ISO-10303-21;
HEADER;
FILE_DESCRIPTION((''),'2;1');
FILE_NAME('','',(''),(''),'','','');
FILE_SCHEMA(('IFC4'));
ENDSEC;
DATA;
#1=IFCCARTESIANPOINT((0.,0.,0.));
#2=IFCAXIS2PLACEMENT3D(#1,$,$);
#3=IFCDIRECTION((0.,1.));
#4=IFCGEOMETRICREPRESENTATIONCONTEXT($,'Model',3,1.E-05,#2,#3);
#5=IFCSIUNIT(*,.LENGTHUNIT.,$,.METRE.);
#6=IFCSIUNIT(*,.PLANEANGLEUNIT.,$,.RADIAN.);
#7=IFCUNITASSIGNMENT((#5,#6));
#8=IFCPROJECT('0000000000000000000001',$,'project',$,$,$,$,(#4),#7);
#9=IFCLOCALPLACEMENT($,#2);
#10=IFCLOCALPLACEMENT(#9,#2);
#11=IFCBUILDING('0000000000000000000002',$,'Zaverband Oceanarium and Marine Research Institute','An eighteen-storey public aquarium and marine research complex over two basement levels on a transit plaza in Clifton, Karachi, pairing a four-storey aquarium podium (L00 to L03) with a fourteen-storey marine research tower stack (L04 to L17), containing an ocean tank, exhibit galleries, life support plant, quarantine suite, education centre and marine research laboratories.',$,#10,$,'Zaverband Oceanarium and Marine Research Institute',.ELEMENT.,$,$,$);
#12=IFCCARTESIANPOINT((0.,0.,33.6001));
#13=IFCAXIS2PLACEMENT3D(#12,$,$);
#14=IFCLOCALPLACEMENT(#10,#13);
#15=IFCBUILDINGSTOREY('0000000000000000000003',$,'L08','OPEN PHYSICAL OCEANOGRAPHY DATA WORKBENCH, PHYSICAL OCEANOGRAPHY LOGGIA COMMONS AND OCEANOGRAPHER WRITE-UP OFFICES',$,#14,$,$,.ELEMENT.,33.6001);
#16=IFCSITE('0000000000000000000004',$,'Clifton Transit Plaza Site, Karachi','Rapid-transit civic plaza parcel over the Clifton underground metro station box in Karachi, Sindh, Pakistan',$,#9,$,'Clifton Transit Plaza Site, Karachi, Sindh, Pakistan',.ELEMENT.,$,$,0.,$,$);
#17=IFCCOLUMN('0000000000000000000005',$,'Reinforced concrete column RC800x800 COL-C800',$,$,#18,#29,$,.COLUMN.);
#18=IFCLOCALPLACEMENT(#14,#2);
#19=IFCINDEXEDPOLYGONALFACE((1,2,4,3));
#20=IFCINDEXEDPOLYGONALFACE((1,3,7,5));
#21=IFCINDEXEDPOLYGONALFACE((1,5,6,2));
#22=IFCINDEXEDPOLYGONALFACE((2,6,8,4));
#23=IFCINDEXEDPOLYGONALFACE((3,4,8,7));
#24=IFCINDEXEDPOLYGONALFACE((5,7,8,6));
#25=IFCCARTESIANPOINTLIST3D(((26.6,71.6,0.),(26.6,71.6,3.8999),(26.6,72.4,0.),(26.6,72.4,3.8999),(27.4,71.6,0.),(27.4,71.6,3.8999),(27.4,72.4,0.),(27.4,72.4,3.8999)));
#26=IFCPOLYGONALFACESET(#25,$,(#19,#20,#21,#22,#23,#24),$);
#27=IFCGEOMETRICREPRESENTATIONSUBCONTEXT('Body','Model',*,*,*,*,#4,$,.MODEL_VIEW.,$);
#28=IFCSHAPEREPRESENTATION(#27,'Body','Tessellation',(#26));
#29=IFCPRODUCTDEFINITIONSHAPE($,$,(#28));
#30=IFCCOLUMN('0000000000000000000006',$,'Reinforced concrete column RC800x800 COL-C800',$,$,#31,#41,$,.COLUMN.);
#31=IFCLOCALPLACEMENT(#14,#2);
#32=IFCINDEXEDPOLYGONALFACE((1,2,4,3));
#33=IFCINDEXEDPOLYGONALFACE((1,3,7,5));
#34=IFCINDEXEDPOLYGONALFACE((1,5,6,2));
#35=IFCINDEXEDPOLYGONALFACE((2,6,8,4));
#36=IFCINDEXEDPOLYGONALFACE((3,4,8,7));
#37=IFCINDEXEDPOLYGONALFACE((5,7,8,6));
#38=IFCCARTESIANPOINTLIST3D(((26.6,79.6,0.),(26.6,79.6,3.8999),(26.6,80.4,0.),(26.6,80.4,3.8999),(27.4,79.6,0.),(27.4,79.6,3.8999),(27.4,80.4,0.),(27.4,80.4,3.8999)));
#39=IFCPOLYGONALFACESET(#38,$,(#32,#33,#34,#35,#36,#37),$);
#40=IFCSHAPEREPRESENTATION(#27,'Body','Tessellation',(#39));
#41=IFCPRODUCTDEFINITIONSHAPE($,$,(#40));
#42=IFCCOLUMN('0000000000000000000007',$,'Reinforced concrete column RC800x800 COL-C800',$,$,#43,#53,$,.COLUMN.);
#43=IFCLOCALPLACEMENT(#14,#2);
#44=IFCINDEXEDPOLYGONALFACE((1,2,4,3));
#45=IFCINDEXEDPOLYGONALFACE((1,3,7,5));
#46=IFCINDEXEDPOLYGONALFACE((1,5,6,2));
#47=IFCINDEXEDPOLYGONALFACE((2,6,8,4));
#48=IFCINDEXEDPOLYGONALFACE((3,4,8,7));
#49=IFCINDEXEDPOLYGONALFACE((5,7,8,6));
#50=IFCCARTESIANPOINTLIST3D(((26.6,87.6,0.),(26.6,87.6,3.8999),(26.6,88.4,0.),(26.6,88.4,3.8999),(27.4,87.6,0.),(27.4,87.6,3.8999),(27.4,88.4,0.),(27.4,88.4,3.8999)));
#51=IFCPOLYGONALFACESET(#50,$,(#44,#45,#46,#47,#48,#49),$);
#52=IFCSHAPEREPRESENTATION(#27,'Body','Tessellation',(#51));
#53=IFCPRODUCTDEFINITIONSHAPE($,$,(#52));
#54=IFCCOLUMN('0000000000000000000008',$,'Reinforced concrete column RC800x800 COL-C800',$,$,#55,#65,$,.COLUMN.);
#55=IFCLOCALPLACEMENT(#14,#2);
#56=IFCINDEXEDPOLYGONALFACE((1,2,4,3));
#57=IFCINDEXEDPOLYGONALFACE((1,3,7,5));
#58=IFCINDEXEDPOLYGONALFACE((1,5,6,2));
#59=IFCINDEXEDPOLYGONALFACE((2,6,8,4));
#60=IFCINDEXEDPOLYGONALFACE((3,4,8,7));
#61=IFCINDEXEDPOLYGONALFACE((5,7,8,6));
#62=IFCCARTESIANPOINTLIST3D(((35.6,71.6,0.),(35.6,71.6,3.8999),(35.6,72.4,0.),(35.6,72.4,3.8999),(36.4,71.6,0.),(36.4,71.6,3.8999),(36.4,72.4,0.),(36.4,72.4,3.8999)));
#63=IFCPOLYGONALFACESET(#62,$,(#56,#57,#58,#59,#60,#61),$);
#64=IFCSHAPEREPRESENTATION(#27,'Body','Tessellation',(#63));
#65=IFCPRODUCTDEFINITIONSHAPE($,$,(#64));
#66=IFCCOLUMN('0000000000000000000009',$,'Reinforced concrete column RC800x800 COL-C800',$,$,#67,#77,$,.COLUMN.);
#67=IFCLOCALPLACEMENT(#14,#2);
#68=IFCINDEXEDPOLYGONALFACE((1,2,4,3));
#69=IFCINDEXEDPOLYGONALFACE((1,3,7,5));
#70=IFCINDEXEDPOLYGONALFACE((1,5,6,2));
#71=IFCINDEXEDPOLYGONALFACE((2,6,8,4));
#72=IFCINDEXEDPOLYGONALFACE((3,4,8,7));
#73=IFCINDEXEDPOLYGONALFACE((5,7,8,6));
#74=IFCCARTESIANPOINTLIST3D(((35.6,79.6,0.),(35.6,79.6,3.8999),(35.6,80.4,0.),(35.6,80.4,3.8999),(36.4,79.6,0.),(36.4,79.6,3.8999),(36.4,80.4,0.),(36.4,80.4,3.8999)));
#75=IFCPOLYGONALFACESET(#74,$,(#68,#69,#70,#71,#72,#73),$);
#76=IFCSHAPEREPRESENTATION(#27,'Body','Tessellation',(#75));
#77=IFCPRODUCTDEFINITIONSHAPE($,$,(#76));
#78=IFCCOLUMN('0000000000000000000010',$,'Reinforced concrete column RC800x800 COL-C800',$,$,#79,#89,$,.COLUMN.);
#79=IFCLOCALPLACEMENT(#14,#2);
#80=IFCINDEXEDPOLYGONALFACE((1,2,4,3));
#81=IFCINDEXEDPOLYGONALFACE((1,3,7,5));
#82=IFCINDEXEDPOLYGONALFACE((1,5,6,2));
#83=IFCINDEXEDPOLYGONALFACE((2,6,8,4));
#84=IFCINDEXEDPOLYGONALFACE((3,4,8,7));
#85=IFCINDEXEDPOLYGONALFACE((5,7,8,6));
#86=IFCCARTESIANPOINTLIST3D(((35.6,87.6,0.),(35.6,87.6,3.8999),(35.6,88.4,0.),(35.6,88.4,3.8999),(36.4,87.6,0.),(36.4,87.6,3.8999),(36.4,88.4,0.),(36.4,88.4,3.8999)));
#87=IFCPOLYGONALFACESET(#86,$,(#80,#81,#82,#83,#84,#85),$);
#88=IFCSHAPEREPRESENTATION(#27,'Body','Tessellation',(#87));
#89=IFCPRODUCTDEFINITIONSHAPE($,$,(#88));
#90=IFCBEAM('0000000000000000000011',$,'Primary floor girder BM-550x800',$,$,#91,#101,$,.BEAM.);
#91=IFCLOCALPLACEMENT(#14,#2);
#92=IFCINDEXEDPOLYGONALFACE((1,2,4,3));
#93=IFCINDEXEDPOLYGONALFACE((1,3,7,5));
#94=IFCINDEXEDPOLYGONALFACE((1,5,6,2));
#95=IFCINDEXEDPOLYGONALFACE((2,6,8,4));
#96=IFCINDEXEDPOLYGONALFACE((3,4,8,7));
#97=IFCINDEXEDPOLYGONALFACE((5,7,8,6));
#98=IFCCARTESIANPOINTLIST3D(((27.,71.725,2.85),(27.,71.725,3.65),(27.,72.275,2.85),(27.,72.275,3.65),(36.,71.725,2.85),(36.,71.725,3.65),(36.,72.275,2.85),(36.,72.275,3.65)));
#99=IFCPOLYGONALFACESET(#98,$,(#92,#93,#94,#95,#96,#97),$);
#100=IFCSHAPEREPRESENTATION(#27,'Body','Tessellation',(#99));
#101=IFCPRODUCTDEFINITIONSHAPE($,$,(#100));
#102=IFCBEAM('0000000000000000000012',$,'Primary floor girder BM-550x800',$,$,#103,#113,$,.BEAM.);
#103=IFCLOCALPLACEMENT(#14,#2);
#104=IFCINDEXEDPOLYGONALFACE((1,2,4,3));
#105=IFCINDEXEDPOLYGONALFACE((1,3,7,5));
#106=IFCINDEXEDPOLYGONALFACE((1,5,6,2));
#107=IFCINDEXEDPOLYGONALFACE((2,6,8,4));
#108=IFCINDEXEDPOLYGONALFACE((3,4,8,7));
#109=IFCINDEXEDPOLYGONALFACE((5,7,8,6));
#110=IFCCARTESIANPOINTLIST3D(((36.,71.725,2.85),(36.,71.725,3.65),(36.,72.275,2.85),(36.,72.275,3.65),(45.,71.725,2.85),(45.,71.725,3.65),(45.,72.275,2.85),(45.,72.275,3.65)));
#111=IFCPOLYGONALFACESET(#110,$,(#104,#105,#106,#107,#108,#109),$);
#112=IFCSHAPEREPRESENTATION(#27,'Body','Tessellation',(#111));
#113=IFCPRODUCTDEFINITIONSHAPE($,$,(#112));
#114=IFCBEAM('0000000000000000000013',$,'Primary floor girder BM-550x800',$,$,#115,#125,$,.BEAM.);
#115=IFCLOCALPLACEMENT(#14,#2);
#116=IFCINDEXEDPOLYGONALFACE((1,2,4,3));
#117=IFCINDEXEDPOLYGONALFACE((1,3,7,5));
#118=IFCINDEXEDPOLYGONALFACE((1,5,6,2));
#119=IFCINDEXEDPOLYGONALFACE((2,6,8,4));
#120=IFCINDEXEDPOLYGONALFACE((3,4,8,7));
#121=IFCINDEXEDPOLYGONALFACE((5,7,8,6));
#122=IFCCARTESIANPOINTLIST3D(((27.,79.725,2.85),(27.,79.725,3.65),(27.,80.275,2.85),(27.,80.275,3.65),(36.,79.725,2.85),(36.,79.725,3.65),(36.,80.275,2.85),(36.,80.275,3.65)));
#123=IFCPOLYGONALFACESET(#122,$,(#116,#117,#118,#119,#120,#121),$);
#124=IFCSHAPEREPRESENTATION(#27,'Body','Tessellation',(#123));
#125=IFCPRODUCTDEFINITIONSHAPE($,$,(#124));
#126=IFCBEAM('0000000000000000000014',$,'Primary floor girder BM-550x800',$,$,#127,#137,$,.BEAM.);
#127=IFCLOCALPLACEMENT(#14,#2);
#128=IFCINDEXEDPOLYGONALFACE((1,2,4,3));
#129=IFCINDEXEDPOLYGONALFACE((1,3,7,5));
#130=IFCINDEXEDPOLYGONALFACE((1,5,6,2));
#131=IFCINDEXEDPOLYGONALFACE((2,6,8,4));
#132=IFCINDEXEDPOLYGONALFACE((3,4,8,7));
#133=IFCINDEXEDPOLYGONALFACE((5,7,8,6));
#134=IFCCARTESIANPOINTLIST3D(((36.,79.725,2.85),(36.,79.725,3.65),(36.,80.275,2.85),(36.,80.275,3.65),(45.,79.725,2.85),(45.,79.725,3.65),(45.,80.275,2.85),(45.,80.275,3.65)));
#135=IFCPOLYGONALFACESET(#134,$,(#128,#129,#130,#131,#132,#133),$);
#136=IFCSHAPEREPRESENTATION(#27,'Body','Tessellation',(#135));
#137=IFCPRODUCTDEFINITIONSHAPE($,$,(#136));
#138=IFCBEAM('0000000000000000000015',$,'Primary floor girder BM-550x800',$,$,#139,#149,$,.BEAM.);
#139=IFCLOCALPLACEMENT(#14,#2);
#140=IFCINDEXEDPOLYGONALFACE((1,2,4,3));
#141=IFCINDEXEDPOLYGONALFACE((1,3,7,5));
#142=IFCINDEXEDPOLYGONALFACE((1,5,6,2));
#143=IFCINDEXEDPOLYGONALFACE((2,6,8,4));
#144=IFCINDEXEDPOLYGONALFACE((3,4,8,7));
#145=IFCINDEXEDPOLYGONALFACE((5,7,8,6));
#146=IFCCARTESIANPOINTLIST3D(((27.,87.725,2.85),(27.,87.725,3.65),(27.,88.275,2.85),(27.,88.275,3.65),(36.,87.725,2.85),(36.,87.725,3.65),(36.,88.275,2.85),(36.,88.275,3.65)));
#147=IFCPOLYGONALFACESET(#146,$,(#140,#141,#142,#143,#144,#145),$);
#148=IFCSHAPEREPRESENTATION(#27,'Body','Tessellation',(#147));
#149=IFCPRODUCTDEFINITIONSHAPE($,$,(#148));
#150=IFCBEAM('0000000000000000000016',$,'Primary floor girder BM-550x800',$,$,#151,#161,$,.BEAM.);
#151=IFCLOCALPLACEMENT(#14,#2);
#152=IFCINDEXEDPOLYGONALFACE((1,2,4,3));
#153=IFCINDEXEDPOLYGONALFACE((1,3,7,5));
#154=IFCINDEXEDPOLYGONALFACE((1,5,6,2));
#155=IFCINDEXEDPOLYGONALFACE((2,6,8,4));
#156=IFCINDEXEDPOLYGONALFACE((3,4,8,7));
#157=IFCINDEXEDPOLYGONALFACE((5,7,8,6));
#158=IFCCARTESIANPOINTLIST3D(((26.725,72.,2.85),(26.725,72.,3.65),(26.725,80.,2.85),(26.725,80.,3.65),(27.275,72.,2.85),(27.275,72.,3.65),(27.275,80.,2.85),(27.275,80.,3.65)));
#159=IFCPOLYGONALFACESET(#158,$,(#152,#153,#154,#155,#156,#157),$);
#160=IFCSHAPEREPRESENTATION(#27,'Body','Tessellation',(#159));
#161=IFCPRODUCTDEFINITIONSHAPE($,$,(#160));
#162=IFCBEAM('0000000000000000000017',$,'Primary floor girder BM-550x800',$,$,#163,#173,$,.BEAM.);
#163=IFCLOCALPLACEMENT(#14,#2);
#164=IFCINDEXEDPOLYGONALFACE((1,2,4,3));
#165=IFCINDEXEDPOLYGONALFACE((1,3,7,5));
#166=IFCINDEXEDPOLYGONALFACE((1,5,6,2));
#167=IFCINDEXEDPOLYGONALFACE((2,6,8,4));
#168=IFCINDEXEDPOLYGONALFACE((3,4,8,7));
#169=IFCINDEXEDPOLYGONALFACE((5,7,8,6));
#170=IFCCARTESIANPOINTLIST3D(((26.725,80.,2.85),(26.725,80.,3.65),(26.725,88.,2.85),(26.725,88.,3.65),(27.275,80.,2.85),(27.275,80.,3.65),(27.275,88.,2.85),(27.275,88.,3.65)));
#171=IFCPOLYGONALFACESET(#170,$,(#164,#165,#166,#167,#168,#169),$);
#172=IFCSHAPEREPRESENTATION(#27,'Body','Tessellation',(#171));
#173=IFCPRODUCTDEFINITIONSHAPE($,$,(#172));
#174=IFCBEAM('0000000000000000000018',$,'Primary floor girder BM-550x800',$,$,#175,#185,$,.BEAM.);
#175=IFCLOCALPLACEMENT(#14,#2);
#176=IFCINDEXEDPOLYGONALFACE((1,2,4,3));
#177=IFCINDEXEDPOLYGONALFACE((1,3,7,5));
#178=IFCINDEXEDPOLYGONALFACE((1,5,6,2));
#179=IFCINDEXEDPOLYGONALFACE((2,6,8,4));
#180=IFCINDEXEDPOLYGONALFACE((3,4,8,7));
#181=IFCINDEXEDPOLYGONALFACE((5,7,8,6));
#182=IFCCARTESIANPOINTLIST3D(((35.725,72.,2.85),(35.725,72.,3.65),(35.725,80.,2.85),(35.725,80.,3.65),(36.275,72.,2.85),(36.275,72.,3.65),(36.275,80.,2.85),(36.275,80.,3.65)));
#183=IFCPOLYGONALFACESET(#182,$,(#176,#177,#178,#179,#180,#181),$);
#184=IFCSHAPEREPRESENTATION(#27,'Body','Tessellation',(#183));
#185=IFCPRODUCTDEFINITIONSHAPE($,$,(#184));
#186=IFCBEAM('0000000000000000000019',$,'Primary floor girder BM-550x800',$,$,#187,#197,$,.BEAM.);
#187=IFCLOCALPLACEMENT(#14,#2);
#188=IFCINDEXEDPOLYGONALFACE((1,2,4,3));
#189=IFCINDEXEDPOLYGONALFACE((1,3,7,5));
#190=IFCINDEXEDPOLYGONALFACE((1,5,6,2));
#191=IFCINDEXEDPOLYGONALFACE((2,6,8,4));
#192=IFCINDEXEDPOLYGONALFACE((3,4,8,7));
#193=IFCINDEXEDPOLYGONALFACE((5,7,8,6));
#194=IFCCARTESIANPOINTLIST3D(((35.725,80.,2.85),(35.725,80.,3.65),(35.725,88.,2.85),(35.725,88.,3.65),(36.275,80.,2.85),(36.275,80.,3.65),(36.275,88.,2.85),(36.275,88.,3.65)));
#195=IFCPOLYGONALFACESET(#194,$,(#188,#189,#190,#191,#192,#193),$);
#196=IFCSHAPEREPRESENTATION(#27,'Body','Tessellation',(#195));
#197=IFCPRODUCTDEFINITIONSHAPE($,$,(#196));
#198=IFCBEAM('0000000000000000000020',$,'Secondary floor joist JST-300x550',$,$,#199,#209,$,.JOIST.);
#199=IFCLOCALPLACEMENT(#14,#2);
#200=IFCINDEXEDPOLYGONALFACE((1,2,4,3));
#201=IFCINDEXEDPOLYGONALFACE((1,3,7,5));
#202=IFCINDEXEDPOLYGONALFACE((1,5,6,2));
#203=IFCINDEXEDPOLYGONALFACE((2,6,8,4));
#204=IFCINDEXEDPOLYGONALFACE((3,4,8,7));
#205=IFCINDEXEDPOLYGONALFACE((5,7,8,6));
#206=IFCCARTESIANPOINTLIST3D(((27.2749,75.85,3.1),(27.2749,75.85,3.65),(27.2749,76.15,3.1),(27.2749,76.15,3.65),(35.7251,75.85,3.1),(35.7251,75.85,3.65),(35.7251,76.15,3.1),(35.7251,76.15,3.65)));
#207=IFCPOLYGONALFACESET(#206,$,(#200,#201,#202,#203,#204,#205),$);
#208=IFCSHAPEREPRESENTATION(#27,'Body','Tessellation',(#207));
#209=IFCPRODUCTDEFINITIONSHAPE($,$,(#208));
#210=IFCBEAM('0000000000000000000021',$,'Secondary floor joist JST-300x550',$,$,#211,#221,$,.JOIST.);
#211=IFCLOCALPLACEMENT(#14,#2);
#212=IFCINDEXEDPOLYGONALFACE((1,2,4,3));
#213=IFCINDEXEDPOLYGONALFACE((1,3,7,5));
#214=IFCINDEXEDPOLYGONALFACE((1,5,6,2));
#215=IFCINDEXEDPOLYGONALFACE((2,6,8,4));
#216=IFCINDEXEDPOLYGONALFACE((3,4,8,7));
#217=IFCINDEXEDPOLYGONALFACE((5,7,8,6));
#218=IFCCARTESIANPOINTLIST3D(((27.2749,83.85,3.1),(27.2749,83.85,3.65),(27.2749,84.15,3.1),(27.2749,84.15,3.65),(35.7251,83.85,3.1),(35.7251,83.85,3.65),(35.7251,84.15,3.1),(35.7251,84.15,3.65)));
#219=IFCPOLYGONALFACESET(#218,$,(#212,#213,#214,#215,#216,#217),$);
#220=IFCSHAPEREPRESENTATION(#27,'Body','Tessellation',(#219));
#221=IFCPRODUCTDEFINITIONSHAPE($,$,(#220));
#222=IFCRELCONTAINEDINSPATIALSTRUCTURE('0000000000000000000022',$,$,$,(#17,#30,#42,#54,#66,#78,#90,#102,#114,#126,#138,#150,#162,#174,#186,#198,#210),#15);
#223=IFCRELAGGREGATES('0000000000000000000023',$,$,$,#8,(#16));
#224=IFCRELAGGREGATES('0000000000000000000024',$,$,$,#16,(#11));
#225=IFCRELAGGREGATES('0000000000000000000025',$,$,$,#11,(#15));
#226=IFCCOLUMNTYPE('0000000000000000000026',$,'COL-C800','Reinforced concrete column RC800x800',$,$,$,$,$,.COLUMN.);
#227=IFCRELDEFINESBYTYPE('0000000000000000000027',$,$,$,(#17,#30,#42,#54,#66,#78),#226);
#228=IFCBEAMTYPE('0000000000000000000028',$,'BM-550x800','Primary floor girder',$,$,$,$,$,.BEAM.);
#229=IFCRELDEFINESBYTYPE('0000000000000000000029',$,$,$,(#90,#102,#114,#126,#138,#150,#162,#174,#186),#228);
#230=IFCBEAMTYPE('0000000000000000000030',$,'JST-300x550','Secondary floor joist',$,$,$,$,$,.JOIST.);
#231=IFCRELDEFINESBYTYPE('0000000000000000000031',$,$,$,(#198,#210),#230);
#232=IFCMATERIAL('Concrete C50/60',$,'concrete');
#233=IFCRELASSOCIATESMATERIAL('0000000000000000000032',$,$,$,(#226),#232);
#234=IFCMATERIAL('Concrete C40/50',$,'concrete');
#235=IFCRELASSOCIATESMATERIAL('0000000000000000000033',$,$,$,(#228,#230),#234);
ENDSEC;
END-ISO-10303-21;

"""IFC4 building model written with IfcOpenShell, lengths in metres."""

from ifc_helpers import new_model, si_unit, direction, frame, origin, origin_2d, place, context, subcontext, project, spatial, rectangle, extrude, material, material_profile, profile_set, type_object, element, save


model = new_model("IFC4")

# Units and contexts
model_context = context("Model", 3, precision=1e-05, world=origin(), true_north=direction((0.0, 1.0)))
body_context = subcontext(model_context, "Body", "Model", "MODEL_VIEW")
ifc_project = project(units=[si_unit("LENGTHUNIT", "METRE"), si_unit("PLANEANGLEUNIT", "RADIAN")], contexts=[model_context])

# Site, building, storey
site_placement = place(None, origin())
site = spatial("IfcSite", under=ifc_project, at=site_placement, Name="Clifton Transit Plaza Site, Karachi", Description="Rapid-transit civic plaza parcel over the Clifton underground metro station box in Karachi, Sindh, Pakistan", LongName="Clifton Transit Plaza Site, Karachi, Sindh, Pakistan", CompositionType="ELEMENT", RefElevation=0.0)
building_placement = place(site_placement, origin())
building = spatial("IfcBuilding", under=site, at=building_placement, Name="Zaverband Oceanarium and Marine Research Institute", Description="An eighteen-storey public aquarium and marine research complex over two basement levels on a transit plaza in Clifton, Karachi, pairing a four-storey aquarium podium (L00 to L03) with a fourteen-storey marine research tower stack (L04 to L17), containing an ocean tank, exhibit galleries, life support plant, quarantine suite, education centre and marine research laboratories.", LongName="Zaverband Oceanarium and Marine Research Institute", CompositionType="ELEMENT")
storey_placement = place(building_placement, frame((0.0, 0.0, 33.6001)))
storey = spatial("IfcBuildingStorey", under=building, at=storey_placement, Name="L08", Description="OPEN PHYSICAL OCEANOGRAPHY DATA WORKBENCH, PHYSICAL OCEANOGRAPHY LOGGIA COMMONS AND OCEANOGRAPHER WRITE-UP OFFICES", CompositionType="ELEMENT", Elevation=33.6001)

# Columns
ifc_material_1 = material(Name="Concrete C50/60", Category="concrete")
ifc_material_profile_1 = material_profile(ifc_material_1, rectangle(XDim=0.8, YDim=0.8, at=origin_2d()), Name="RC800x800")
ifc_profile_set_1 = profile_set([ifc_material_profile_1], Name="Concrete C50/60")
column_type = type_object("IfcColumnType", Name="COL-C800", Description="Reinforced concrete column RC800x800", PredefinedType="COLUMN", material=ifc_profile_set_1)
for number, where, z_axis, x_axis, name in (
    (1, (27.0, 72.0, 0.0), (0.0, 0.0, 1.0), (1.0, 0.0, 0.0), "Reinforced concrete column RC800x800 COL-C800"),
    (2, (27.0, 80.0, 0.0), (0.0, 0.0, 1.0), (1.0, 0.0, 0.0), "Reinforced concrete column RC800x800 COL-C800"),
    (3, (27.0, 88.0, 0.0), (0.0, 0.0, 1.0), (1.0, 0.0, 0.0), "Reinforced concrete column RC800x800 COL-C800"),
    (4, (36.0, 72.0, 0.0), (0.0, 0.0, 1.0), (1.0, 0.0, 0.0), "Reinforced concrete column RC800x800 COL-C800"),
    (5, (36.0, 80.0, 0.0), (0.0, 0.0, 1.0), (1.0, 0.0, 0.0), "Reinforced concrete column RC800x800 COL-C800"),
    (6, (36.0, 88.0, 0.0), (0.0, 0.0, 1.0), (1.0, 0.0, 0.0), "Reinforced concrete column RC800x800 COL-C800"),
):
    element("IfcColumn", number, at=place(storey_placement, frame(where, z_axis=z_axis, x_axis=x_axis)), inside=storey, type_object=column_type, Name=name, PredefinedType="COLUMN", context=body_context, shape_type="SweptSolid", body=[
        extrude(rectangle(XDim=0.8, YDim=0.8, at=origin_2d()), origin(), (0.0, 0.0, 1.0), 3.8999),
    ])

# Beams
ifc_material_2 = material(Name="Concrete C40/50", Category="concrete")
ifc_material_profile_2 = material_profile(ifc_material_2, rectangle(XDim=0.55, YDim=0.8, at=origin_2d()), Name="RC550x800")
ifc_profile_set_2 = profile_set([ifc_material_profile_2], Name="Concrete C40/50")
beam_type_1 = type_object("IfcBeamType", Name="BM-550x800", Description="Primary floor girder", PredefinedType="BEAM", material=ifc_profile_set_2)
for number, where, z_axis, x_axis, name in (
    (7, (27.0, 72.0, 3.25), (1.0, 0.0, 0.0), (0.0, 1.0, 0.0), "Primary floor girder BM-550x800"),
    (8, (36.0, 72.0, 3.25), (1.0, 0.0, 0.0), (0.0, 1.0, 0.0), "Primary floor girder BM-550x800"),
    (9, (27.0, 80.0, 3.25), (1.0, 0.0, 0.0), (0.0, 1.0, 0.0), "Primary floor girder BM-550x800"),
    (10, (36.0, 80.0, 3.25), (1.0, 0.0, 0.0), (0.0, 1.0, 0.0), "Primary floor girder BM-550x800"),
    (11, (27.0, 88.0, 3.25), (1.0, 0.0, 0.0), (0.0, 1.0, 0.0), "Primary floor girder BM-550x800"),
):
    element("IfcBeam", number, at=place(storey_placement, frame(where, z_axis=z_axis, x_axis=x_axis)), inside=storey, type_object=beam_type_1, Name=name, PredefinedType="BEAM", context=body_context, shape_type="SweptSolid", body=[
        extrude(rectangle(XDim=0.55, YDim=0.8, at=origin_2d()), origin(), (0.0, 0.0, 1.0), 9.0),
    ])
for number, where, z_axis, x_axis, name in (
    (12, (27.0, 72.0, 3.25), (0.0, 1.0, 0.0), (-1.0, 0.0, 0.0), "Primary floor girder BM-550x800"),
    (13, (27.0, 80.0, 3.25), (0.0, 1.0, 0.0), (-1.0, 0.0, 0.0), "Primary floor girder BM-550x800"),
    (14, (36.0, 72.0, 3.25), (0.0, 1.0, 0.0), (-1.0, 0.0, 0.0), "Primary floor girder BM-550x800"),
    (15, (36.0, 80.0, 3.25), (0.0, 1.0, 0.0), (-1.0, 0.0, 0.0), "Primary floor girder BM-550x800"),
):
    element("IfcBeam", number, at=place(storey_placement, frame(where, z_axis=z_axis, x_axis=x_axis)), inside=storey, type_object=beam_type_1, Name=name, PredefinedType="BEAM", context=body_context, shape_type="SweptSolid", body=[
        extrude(rectangle(XDim=0.55, YDim=0.8, at=origin_2d()), origin(), (0.0, 0.0, 1.0), 8.0),
    ])
ifc_material_profile_3 = material_profile(ifc_material_2, rectangle(XDim=0.3, YDim=0.55, at=origin_2d()), Name="RC300x550")
ifc_profile_set_3 = profile_set([ifc_material_profile_3], Name="Concrete C40/50")
beam_type_2 = type_object("IfcBeamType", Name="JST-300x550", Description="Secondary floor joist", PredefinedType="JOIST", material=ifc_profile_set_3)
for number, where, z_axis, x_axis, name in (
    (16, (27.2749, 76.0, 3.375), (1.0, 0.0, 0.0), (0.0, 1.0, 0.0), "Secondary floor joist JST-300x550"),
    (17, (27.2749, 84.0, 3.375), (1.0, 0.0, 0.0), (0.0, 1.0, 0.0), "Secondary floor joist JST-300x550"),
):
    element("IfcBeam", number, at=place(storey_placement, frame(where, z_axis=z_axis, x_axis=x_axis)), inside=storey, type_object=beam_type_2, Name=name, PredefinedType="JOIST", context=body_context, shape_type="SweptSolid", body=[
        extrude(rectangle(XDim=0.3, YDim=0.55, at=origin_2d()), origin(), (0.0, 0.0, 1.0), 8.4502),
    ])

save(model, "model.ifc")
